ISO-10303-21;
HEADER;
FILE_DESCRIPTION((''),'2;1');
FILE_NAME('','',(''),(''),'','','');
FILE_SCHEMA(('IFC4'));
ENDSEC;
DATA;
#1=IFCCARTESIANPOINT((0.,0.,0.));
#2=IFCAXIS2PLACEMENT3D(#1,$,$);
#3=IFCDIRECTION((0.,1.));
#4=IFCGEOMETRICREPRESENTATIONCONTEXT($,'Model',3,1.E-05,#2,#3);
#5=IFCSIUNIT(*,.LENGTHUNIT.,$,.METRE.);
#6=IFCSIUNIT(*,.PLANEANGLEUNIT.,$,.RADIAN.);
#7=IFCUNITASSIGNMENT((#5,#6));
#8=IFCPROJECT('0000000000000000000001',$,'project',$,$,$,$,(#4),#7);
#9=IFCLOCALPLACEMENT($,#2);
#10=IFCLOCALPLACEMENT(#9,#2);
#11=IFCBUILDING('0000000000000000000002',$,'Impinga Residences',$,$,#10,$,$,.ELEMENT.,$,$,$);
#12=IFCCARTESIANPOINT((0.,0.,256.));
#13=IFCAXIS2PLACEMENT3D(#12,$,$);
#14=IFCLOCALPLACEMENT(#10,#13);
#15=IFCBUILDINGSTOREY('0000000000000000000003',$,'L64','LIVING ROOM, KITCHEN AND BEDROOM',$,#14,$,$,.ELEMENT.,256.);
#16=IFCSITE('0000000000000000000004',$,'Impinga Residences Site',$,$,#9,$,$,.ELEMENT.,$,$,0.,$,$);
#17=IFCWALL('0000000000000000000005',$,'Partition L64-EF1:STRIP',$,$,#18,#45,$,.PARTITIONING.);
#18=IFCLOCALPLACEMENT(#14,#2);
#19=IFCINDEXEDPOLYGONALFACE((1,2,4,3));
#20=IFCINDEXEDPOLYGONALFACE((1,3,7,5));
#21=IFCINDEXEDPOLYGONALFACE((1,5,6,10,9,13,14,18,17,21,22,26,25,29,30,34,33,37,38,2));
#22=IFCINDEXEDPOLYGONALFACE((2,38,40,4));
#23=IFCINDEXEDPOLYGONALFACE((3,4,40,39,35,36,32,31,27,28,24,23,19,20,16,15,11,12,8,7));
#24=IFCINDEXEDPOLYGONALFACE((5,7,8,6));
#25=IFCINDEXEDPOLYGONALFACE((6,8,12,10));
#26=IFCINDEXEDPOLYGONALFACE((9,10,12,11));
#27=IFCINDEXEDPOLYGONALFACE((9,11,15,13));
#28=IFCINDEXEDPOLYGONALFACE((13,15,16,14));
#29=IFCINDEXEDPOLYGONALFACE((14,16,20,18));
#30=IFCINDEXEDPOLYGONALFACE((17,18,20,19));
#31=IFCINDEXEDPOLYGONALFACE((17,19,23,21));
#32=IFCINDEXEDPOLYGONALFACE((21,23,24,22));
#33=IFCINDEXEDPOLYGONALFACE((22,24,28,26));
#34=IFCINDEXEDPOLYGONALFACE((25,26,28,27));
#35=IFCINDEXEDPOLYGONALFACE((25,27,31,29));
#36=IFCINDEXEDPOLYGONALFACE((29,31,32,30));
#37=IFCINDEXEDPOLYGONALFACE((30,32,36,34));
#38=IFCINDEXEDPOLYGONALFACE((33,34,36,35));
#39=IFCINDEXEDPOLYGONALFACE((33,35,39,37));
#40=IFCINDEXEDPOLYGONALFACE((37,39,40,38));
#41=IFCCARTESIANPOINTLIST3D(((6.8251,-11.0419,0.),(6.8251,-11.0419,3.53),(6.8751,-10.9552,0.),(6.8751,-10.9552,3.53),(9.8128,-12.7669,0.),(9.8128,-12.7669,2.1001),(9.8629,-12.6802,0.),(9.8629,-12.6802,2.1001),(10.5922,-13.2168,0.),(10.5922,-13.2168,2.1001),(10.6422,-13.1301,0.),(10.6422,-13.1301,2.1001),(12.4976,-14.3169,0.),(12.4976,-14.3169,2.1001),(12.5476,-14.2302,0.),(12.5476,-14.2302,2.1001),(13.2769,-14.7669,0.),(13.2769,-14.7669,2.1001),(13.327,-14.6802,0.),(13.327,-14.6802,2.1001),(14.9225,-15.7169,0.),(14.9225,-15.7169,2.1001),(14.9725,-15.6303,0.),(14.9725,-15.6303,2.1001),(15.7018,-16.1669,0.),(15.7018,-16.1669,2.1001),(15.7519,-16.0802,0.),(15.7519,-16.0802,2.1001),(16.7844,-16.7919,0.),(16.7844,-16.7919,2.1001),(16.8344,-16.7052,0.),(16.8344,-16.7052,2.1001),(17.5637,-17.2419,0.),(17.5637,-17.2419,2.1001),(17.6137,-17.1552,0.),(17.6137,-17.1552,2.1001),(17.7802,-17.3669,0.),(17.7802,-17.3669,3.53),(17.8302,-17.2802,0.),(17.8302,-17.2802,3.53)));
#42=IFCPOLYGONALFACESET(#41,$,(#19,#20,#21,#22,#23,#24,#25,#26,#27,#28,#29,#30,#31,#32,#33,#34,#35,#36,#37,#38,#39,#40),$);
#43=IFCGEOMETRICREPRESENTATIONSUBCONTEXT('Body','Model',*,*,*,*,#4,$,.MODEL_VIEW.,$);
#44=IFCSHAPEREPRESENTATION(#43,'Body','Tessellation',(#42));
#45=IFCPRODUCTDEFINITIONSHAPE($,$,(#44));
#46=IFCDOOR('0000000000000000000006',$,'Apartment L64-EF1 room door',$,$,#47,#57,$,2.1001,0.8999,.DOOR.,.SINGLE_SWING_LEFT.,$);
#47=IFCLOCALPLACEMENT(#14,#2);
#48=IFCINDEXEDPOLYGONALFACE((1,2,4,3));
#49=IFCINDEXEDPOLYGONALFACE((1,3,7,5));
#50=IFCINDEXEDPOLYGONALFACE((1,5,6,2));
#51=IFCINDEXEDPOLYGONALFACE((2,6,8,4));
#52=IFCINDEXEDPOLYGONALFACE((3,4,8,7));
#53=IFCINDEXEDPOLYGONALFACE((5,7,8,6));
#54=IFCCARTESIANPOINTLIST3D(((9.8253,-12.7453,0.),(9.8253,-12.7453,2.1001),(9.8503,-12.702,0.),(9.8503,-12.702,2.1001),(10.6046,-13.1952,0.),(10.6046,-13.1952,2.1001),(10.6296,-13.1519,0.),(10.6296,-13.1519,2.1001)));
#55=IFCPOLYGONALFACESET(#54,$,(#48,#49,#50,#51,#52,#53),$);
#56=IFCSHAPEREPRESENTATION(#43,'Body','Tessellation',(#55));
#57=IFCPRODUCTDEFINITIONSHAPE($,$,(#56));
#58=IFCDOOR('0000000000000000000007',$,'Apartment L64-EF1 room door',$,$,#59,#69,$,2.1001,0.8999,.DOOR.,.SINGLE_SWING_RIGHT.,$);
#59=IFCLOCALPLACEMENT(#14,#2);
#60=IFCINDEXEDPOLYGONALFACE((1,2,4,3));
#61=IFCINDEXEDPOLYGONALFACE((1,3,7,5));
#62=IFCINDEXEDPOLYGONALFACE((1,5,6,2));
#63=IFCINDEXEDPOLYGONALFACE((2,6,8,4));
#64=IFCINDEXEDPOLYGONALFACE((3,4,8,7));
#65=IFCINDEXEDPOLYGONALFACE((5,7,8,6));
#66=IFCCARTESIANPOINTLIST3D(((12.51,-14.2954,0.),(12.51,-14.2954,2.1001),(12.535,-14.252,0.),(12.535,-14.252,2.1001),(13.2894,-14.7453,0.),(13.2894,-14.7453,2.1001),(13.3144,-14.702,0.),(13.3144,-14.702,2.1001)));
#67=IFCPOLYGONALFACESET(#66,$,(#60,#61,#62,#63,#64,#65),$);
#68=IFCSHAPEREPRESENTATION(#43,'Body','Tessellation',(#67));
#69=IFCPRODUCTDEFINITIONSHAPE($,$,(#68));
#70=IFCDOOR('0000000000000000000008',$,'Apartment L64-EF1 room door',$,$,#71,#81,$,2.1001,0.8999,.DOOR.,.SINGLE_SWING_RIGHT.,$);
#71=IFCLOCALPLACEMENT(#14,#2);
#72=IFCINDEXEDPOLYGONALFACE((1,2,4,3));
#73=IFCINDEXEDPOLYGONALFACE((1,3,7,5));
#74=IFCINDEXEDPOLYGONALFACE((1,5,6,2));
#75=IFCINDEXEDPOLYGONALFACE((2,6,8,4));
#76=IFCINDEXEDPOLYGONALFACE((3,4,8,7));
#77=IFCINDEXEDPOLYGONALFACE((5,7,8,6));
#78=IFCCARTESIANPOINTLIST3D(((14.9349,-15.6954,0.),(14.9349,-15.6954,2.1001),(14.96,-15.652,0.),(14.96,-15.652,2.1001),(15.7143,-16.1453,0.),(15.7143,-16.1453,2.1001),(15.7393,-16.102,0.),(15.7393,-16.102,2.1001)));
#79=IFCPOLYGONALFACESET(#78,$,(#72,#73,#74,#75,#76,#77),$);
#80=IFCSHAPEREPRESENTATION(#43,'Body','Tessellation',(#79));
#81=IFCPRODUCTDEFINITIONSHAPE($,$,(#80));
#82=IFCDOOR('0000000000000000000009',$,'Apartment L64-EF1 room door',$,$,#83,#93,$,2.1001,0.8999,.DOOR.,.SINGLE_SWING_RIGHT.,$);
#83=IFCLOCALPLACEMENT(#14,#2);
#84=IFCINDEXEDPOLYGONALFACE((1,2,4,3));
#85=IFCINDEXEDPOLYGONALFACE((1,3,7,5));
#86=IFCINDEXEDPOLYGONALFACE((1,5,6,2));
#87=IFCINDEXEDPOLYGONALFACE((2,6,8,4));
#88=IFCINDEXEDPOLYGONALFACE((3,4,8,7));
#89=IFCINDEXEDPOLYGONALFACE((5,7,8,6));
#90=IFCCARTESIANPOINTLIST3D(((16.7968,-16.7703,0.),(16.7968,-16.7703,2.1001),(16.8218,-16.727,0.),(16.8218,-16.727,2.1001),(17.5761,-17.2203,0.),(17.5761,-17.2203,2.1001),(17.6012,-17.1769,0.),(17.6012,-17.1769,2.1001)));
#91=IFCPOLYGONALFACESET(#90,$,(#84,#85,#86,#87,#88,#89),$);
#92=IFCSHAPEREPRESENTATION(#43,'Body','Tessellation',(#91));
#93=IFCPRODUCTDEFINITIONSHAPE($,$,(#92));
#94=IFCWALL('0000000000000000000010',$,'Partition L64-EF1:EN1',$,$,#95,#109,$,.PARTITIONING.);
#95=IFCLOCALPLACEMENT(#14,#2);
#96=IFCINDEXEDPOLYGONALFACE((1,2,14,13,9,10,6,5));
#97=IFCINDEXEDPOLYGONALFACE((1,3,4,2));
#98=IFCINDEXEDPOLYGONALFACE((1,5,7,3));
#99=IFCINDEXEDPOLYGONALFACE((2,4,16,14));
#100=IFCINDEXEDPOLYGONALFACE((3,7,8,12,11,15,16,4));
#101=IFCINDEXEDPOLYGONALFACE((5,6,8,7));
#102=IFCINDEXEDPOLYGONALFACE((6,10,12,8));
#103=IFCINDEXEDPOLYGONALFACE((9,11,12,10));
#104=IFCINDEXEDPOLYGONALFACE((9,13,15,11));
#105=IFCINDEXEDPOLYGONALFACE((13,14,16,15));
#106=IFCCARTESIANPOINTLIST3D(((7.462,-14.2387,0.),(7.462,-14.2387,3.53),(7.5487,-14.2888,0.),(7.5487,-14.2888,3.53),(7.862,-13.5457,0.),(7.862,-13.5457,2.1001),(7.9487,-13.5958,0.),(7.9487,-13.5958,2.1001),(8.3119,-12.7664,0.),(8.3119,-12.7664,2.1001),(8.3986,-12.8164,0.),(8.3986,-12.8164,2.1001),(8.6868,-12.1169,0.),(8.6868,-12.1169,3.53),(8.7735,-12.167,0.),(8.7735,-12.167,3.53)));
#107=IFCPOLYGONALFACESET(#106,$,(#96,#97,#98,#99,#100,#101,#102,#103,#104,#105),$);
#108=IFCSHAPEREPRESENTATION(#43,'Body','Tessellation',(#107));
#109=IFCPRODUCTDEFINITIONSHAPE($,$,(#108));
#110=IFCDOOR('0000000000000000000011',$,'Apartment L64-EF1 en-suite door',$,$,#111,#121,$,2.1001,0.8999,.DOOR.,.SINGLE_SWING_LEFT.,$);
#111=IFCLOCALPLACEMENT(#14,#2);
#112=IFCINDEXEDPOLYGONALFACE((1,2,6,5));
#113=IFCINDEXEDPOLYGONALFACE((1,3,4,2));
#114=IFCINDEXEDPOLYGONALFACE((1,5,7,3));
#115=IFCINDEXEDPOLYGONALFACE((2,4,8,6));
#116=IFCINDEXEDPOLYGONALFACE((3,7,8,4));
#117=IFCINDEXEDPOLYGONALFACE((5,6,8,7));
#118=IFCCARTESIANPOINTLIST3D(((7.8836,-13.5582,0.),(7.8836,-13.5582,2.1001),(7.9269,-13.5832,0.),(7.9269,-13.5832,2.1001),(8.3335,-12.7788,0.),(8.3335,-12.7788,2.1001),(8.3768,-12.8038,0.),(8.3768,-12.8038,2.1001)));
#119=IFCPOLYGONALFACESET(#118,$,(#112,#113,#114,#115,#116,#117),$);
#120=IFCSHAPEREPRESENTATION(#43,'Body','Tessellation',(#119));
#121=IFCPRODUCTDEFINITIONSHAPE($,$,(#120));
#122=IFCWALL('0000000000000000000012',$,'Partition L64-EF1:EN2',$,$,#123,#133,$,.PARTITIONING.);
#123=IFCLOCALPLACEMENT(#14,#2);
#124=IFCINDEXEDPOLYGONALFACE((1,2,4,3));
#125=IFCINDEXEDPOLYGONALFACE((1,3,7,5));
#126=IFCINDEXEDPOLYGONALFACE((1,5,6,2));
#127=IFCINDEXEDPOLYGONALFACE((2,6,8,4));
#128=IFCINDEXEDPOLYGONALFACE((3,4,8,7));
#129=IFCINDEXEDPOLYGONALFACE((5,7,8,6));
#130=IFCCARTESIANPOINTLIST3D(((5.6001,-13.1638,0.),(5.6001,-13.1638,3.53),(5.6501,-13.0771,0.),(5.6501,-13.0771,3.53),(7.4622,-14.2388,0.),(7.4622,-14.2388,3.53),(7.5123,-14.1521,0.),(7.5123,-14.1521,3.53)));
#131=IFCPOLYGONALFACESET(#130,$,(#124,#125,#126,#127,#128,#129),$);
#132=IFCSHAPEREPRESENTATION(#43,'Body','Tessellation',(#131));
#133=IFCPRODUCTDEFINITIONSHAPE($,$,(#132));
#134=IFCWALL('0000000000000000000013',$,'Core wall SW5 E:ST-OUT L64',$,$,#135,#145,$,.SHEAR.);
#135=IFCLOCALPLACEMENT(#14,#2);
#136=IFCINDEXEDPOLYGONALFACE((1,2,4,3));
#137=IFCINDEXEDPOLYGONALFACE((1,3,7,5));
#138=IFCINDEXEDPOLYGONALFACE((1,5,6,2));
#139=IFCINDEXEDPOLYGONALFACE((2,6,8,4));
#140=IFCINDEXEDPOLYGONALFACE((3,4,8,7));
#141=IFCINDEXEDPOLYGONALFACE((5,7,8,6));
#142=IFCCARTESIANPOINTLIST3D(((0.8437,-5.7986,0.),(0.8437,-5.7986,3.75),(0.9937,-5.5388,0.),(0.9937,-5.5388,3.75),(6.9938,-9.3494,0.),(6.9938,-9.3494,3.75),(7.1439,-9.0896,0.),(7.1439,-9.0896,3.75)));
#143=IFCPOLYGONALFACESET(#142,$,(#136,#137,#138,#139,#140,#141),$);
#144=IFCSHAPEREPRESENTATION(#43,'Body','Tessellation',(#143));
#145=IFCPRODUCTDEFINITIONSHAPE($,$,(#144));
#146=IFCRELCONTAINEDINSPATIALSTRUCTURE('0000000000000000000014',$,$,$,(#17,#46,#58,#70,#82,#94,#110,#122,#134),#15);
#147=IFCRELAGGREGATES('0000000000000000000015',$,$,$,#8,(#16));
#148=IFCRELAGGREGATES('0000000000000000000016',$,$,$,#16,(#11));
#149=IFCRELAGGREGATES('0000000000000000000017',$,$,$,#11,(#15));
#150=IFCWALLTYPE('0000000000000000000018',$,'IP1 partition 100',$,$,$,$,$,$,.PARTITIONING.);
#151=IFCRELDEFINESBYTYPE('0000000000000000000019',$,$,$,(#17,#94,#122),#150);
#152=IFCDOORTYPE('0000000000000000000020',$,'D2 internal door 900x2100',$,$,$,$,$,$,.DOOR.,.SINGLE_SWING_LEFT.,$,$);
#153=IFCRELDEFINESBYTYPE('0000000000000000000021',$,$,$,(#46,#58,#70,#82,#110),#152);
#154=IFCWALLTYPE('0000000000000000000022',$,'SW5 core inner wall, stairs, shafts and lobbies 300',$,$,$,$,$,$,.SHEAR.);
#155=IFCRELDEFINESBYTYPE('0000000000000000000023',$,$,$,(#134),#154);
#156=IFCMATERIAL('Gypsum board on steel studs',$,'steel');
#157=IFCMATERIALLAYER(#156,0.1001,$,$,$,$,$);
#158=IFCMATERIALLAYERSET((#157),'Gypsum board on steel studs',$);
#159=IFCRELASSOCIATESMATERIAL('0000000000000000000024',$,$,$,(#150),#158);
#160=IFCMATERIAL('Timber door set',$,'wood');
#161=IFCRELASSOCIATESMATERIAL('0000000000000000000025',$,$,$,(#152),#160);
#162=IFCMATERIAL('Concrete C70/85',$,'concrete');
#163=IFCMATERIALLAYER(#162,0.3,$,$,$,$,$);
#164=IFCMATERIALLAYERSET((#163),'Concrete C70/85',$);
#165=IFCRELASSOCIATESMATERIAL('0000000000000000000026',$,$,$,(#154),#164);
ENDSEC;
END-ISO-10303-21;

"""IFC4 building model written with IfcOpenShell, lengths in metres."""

from ifc_helpers import new_model, si_unit, direction, frame, frame_2d, origin, place, context, subcontext, project, spatial, rectangle, extrude, material, layer, layer_set, type_object, element, fill, save


model = new_model("IFC4")

# Units and contexts
model_context = context("Model", 3, precision=1e-05, world=origin(), true_north=direction((0.0, 1.0)))
body_context = subcontext(model_context, "Body", "Model", "MODEL_VIEW")
ifc_project = project(units=[si_unit("LENGTHUNIT", "METRE"), si_unit("PLANEANGLEUNIT", "RADIAN")], contexts=[model_context])

# Site, building, storey
site_placement = place(None, origin())
site = spatial("IfcSite", under=ifc_project, at=site_placement, Name="Impinga Residences Site", CompositionType="ELEMENT", RefElevation=0.0)
building_placement = place(site_placement, origin())
building = spatial("IfcBuilding", under=site, at=building_placement, Name="Impinga Residences", CompositionType="ELEMENT")
storey_placement = place(building_placement, frame((0.0, 0.0, 256.0)))
storey = spatial("IfcBuildingStorey", under=building, at=storey_placement, Name="L64", Description="LIVING ROOM, KITCHEN AND BEDROOM", CompositionType="ELEMENT", Elevation=256.0)

# Shared definitions
ifc_material_1 = material(Name="Timber door set", Category="wood")

# Shared definitions
ifc_material_2 = material(Name="Gypsum board on steel studs", Category="steel")
ifc_layer_1 = layer(ifc_material_2, 0.1001)
ifc_layer_set_1 = layer_set([ifc_layer_1], Name="Gypsum board on steel studs")
wall_type_1 = type_object("IfcWallType", Name="IP1 partition 100", PredefinedType="PARTITIONING", material=ifc_layer_set_1)

# Wall, openings, doors
wall_1_placement = place(storey_placement, frame((6.8501, -10.9985, 0.0), z_axis=(0.0, 0.0, 1.0), x_axis=(0.866024, -0.500002, 0.0)))
wall_1 = element("IfcWall", 1, at=wall_1_placement, inside=storey, type_object=wall_type_1, Name="Partition L64-EF1:STRIP", PredefinedType="PARTITIONING", context=body_context, shape_type="SweptSolid", body=[
    extrude(rectangle(XDim=12.6499, YDim=0.1001, at=frame_2d((6.325, 0.0))), origin(), (0.0, 0.0, 1.0), 3.53),
])
opening_1_placement = place(wall_1_placement, frame((3.45, 0.0, 0.0)))
opening_1 = element("IfcOpeningElement", 2, at=opening_1_placement, cuts=wall_1, PredefinedType="OPENING", context=body_context, shape_type="SweptSolid", body=[
    extrude(rectangle(XDim=0.8999, YDim=2.1001, at=frame_2d((0.45, 1.05))), frame((0.0, 0.0601, 0.0), z_axis=(0.0, -1.0, 0.0), x_axis=(1.0, 0.0, 0.0)), (0.0, 0.0, 1.0), 0.1201),
])
opening_2_placement = place(wall_1_placement, frame((6.55, 0.0, 0.0)))
opening_2 = element("IfcOpeningElement", 3, at=opening_2_placement, cuts=wall_1, PredefinedType="OPENING", context=body_context, shape_type="SweptSolid", body=[
    extrude(rectangle(XDim=0.8999, YDim=2.1001, at=frame_2d((0.45, 1.05))), frame((0.0, 0.0601, 0.0), z_axis=(0.0, -1.0, 0.0), x_axis=(1.0, 0.0, 0.0)), (0.0, 0.0, 1.0), 0.1201),
])
opening_3_placement = place(wall_1_placement, frame((9.3501, 0.0, 0.0)))
opening_3 = element("IfcOpeningElement", 4, at=opening_3_placement, cuts=wall_1, PredefinedType="OPENING", context=body_context, shape_type="SweptSolid", body=[
    extrude(rectangle(XDim=0.8999, YDim=2.1001, at=frame_2d((0.45, 1.05))), frame((0.0, 0.0601, 0.0), z_axis=(0.0, -1.0, 0.0), x_axis=(1.0, 0.0, 0.0)), (0.0, 0.0, 1.0), 0.1201),
])
opening_4_placement = place(wall_1_placement, frame((11.5, 0.0, 0.0)))
opening_4 = element("IfcOpeningElement", 5, at=opening_4_placement, cuts=wall_1, PredefinedType="OPENING", context=body_context, shape_type="SweptSolid", body=[
    extrude(rectangle(XDim=0.8999, YDim=2.1001, at=frame_2d((0.45, 1.05))), frame((0.0, 0.0601, 0.0), z_axis=(0.0, -1.0, 0.0), x_axis=(1.0, 0.0, 0.0)), (0.0, 0.0, 1.0), 0.1201),
])
door_type_1 = type_object("IfcDoorType", Name="D2 internal door 900x2100", OperationType="SINGLE_SWING_LEFT", PredefinedType="DOOR", material=ifc_material_1)
door_1_placement = place(opening_1_placement, origin())
door_1 = element("IfcDoor", 6, at=door_1_placement, inside=storey, type_object=door_type_1, Name="Apartment L64-EF1 room door", OperationType="SINGLE_SWING_LEFT", OverallHeight=2.1001, OverallWidth=0.8999, PredefinedType="DOOR", context=body_context, shape_type="SweptSolid", body=[
    extrude(rectangle(XDim=0.8999, YDim=2.1001, at=frame_2d((0.45, 1.05))), frame((0.0, 0.0249, 0.0), z_axis=(0.0, -1.0, 0.0), x_axis=(1.0, 0.0, 0.0)), (0.0, 0.0, 1.0), 0.05),
])
fill(opening_1, door_1)
door_2_placement = place(opening_2_placement, origin())
door_2 = element("IfcDoor", 7, at=door_2_placement, inside=storey, type_object=door_type_1, Name="Apartment L64-EF1 room door", OperationType="SINGLE_SWING_RIGHT", OverallHeight=2.1001, OverallWidth=0.8999, PredefinedType="DOOR", context=body_context, shape_type="SweptSolid", body=[
    extrude(rectangle(XDim=0.8999, YDim=2.1001, at=frame_2d((0.45, 1.05))), frame((0.0, 0.0249, 0.0), z_axis=(0.0, -1.0, 0.0), x_axis=(1.0, 0.0, 0.0)), (0.0, 0.0, 1.0), 0.05),
])
fill(opening_2, door_2)
door_3_placement = place(opening_3_placement, origin())
door_3 = element("IfcDoor", 8, at=door_3_placement, inside=storey, type_object=door_type_1, Name="Apartment L64-EF1 room door", OperationType="SINGLE_SWING_RIGHT", OverallHeight=2.1001, OverallWidth=0.8999, PredefinedType="DOOR", context=body_context, shape_type="SweptSolid", body=[
    extrude(rectangle(XDim=0.8999, YDim=2.1001, at=frame_2d((0.45, 1.05))), frame((0.0, 0.0249, 0.0), z_axis=(0.0, -1.0, 0.0), x_axis=(1.0, 0.0, 0.0)), (0.0, 0.0, 1.0), 0.05),
])
fill(opening_3, door_3)
door_4_placement = place(opening_4_placement, origin())
door_4 = element("IfcDoor", 9, at=door_4_placement, inside=storey, type_object=door_type_1, Name="Apartment L64-EF1 room door", OperationType="SINGLE_SWING_RIGHT", OverallHeight=2.1001, OverallWidth=0.8999, PredefinedType="DOOR", context=body_context, shape_type="SweptSolid", body=[
    extrude(rectangle(XDim=0.8999, YDim=2.1001, at=frame_2d((0.45, 1.05))), frame((0.0, 0.0249, 0.0), z_axis=(0.0, -1.0, 0.0), x_axis=(1.0, 0.0, 0.0)), (0.0, 0.0, 1.0), 0.05),
])
fill(opening_4, door_4)

# Wall, opening, door
wall_2_placement = place(storey_placement, frame((8.7302, -12.1418, 0.0), z_axis=(0.0, 0.0, 1.0), x_axis=(-0.499944, -0.866058, 0.0)))
wall_2 = element("IfcWall", 10, at=wall_2_placement, inside=storey, type_object=wall_type_1, Name="Partition L64-EF1:EN1", PredefinedType="PARTITIONING", context=body_context, shape_type="SweptSolid", body=[
    extrude(rectangle(XDim=2.45, YDim=0.1001, at=frame_2d((1.2251, 0.0))), origin(), (0.0, 0.0, 1.0), 3.53),
])
opening_5_placement = place(wall_2_placement, frame((0.75, 0.0, 0.0)))
opening_5 = element("IfcOpeningElement", 11, at=opening_5_placement, cuts=wall_2, PredefinedType="OPENING", context=body_context, shape_type="SweptSolid", body=[
    extrude(rectangle(XDim=0.8999, YDim=2.1001, at=frame_2d((0.45, 1.05))), frame((0.0, 0.0601, 0.0), z_axis=(0.0, -1.0, 0.0), x_axis=(1.0, 0.0, 0.0)), (0.0, 0.0, 1.0), 0.1201),
])
door_5_placement = place(opening_5_placement, origin())
door_5 = element("IfcDoor", 12, at=door_5_placement, inside=storey, type_object=door_type_1, Name="Apartment L64-EF1 en-suite door", OperationType="SINGLE_SWING_LEFT", OverallHeight=2.1001, OverallWidth=0.8999, PredefinedType="DOOR", context=body_context, shape_type="SweptSolid", body=[
    extrude(rectangle(XDim=0.8999, YDim=2.1001, at=frame_2d((0.45, 1.05))), frame((0.0, 0.0249, 0.0), z_axis=(0.0, -1.0, 0.0), x_axis=(1.0, 0.0, 0.0)), (0.0, 0.0, 1.0), 0.05),
])
fill(opening_5, door_5)

# Walls
wall_3_placement = place(storey_placement, frame((5.625, -13.1204, 0.0), z_axis=(0.0, 0.0, 1.0), x_axis=(0.866048, -0.499962, 0.0)))
element("IfcWall", 13, at=wall_3_placement, inside=storey, type_object=wall_type_1, Name="Partition L64-EF1:EN2", PredefinedType="PARTITIONING", context=body_context, shape_type="SweptSolid", body=[
    extrude(rectangle(XDim=2.1501, YDim=0.1001, at=frame_2d((1.0752, 0.0))), origin(), (0.0, 0.0, 1.0), 3.53),
])
ifc_material_3 = material(Name="Concrete C70/85", Category="concrete")
ifc_layer_2 = layer(ifc_material_3, 0.3)
ifc_layer_set_2 = layer_set([ifc_layer_2], Name="Concrete C70/85")
wall_type_2 = type_object("IfcWallType", Name="SW5 core inner wall, stairs, shafts and lobbies 300", PredefinedType="SHEAR", material=ifc_layer_set_2)
wall_4_placement = place(storey_placement, frame((0.9187, -5.6687, 0.0), z_axis=(0.0, 0.0, 1.0), x_axis=(0.866026, -0.499999, 0.0)))
element("IfcWall", 14, at=wall_4_placement, inside=storey, type_object=wall_type_2, Name="Core wall SW5 E:ST-OUT L64", PredefinedType="SHEAR", context=body_context, shape_type="SweptSolid", body=[
    extrude(rectangle(XDim=7.1016, YDim=0.3, at=frame_2d((3.5508, 0.0))), origin(), (0.0, 0.0, 1.0), 3.75),
])

save(model, "model.ifc")
